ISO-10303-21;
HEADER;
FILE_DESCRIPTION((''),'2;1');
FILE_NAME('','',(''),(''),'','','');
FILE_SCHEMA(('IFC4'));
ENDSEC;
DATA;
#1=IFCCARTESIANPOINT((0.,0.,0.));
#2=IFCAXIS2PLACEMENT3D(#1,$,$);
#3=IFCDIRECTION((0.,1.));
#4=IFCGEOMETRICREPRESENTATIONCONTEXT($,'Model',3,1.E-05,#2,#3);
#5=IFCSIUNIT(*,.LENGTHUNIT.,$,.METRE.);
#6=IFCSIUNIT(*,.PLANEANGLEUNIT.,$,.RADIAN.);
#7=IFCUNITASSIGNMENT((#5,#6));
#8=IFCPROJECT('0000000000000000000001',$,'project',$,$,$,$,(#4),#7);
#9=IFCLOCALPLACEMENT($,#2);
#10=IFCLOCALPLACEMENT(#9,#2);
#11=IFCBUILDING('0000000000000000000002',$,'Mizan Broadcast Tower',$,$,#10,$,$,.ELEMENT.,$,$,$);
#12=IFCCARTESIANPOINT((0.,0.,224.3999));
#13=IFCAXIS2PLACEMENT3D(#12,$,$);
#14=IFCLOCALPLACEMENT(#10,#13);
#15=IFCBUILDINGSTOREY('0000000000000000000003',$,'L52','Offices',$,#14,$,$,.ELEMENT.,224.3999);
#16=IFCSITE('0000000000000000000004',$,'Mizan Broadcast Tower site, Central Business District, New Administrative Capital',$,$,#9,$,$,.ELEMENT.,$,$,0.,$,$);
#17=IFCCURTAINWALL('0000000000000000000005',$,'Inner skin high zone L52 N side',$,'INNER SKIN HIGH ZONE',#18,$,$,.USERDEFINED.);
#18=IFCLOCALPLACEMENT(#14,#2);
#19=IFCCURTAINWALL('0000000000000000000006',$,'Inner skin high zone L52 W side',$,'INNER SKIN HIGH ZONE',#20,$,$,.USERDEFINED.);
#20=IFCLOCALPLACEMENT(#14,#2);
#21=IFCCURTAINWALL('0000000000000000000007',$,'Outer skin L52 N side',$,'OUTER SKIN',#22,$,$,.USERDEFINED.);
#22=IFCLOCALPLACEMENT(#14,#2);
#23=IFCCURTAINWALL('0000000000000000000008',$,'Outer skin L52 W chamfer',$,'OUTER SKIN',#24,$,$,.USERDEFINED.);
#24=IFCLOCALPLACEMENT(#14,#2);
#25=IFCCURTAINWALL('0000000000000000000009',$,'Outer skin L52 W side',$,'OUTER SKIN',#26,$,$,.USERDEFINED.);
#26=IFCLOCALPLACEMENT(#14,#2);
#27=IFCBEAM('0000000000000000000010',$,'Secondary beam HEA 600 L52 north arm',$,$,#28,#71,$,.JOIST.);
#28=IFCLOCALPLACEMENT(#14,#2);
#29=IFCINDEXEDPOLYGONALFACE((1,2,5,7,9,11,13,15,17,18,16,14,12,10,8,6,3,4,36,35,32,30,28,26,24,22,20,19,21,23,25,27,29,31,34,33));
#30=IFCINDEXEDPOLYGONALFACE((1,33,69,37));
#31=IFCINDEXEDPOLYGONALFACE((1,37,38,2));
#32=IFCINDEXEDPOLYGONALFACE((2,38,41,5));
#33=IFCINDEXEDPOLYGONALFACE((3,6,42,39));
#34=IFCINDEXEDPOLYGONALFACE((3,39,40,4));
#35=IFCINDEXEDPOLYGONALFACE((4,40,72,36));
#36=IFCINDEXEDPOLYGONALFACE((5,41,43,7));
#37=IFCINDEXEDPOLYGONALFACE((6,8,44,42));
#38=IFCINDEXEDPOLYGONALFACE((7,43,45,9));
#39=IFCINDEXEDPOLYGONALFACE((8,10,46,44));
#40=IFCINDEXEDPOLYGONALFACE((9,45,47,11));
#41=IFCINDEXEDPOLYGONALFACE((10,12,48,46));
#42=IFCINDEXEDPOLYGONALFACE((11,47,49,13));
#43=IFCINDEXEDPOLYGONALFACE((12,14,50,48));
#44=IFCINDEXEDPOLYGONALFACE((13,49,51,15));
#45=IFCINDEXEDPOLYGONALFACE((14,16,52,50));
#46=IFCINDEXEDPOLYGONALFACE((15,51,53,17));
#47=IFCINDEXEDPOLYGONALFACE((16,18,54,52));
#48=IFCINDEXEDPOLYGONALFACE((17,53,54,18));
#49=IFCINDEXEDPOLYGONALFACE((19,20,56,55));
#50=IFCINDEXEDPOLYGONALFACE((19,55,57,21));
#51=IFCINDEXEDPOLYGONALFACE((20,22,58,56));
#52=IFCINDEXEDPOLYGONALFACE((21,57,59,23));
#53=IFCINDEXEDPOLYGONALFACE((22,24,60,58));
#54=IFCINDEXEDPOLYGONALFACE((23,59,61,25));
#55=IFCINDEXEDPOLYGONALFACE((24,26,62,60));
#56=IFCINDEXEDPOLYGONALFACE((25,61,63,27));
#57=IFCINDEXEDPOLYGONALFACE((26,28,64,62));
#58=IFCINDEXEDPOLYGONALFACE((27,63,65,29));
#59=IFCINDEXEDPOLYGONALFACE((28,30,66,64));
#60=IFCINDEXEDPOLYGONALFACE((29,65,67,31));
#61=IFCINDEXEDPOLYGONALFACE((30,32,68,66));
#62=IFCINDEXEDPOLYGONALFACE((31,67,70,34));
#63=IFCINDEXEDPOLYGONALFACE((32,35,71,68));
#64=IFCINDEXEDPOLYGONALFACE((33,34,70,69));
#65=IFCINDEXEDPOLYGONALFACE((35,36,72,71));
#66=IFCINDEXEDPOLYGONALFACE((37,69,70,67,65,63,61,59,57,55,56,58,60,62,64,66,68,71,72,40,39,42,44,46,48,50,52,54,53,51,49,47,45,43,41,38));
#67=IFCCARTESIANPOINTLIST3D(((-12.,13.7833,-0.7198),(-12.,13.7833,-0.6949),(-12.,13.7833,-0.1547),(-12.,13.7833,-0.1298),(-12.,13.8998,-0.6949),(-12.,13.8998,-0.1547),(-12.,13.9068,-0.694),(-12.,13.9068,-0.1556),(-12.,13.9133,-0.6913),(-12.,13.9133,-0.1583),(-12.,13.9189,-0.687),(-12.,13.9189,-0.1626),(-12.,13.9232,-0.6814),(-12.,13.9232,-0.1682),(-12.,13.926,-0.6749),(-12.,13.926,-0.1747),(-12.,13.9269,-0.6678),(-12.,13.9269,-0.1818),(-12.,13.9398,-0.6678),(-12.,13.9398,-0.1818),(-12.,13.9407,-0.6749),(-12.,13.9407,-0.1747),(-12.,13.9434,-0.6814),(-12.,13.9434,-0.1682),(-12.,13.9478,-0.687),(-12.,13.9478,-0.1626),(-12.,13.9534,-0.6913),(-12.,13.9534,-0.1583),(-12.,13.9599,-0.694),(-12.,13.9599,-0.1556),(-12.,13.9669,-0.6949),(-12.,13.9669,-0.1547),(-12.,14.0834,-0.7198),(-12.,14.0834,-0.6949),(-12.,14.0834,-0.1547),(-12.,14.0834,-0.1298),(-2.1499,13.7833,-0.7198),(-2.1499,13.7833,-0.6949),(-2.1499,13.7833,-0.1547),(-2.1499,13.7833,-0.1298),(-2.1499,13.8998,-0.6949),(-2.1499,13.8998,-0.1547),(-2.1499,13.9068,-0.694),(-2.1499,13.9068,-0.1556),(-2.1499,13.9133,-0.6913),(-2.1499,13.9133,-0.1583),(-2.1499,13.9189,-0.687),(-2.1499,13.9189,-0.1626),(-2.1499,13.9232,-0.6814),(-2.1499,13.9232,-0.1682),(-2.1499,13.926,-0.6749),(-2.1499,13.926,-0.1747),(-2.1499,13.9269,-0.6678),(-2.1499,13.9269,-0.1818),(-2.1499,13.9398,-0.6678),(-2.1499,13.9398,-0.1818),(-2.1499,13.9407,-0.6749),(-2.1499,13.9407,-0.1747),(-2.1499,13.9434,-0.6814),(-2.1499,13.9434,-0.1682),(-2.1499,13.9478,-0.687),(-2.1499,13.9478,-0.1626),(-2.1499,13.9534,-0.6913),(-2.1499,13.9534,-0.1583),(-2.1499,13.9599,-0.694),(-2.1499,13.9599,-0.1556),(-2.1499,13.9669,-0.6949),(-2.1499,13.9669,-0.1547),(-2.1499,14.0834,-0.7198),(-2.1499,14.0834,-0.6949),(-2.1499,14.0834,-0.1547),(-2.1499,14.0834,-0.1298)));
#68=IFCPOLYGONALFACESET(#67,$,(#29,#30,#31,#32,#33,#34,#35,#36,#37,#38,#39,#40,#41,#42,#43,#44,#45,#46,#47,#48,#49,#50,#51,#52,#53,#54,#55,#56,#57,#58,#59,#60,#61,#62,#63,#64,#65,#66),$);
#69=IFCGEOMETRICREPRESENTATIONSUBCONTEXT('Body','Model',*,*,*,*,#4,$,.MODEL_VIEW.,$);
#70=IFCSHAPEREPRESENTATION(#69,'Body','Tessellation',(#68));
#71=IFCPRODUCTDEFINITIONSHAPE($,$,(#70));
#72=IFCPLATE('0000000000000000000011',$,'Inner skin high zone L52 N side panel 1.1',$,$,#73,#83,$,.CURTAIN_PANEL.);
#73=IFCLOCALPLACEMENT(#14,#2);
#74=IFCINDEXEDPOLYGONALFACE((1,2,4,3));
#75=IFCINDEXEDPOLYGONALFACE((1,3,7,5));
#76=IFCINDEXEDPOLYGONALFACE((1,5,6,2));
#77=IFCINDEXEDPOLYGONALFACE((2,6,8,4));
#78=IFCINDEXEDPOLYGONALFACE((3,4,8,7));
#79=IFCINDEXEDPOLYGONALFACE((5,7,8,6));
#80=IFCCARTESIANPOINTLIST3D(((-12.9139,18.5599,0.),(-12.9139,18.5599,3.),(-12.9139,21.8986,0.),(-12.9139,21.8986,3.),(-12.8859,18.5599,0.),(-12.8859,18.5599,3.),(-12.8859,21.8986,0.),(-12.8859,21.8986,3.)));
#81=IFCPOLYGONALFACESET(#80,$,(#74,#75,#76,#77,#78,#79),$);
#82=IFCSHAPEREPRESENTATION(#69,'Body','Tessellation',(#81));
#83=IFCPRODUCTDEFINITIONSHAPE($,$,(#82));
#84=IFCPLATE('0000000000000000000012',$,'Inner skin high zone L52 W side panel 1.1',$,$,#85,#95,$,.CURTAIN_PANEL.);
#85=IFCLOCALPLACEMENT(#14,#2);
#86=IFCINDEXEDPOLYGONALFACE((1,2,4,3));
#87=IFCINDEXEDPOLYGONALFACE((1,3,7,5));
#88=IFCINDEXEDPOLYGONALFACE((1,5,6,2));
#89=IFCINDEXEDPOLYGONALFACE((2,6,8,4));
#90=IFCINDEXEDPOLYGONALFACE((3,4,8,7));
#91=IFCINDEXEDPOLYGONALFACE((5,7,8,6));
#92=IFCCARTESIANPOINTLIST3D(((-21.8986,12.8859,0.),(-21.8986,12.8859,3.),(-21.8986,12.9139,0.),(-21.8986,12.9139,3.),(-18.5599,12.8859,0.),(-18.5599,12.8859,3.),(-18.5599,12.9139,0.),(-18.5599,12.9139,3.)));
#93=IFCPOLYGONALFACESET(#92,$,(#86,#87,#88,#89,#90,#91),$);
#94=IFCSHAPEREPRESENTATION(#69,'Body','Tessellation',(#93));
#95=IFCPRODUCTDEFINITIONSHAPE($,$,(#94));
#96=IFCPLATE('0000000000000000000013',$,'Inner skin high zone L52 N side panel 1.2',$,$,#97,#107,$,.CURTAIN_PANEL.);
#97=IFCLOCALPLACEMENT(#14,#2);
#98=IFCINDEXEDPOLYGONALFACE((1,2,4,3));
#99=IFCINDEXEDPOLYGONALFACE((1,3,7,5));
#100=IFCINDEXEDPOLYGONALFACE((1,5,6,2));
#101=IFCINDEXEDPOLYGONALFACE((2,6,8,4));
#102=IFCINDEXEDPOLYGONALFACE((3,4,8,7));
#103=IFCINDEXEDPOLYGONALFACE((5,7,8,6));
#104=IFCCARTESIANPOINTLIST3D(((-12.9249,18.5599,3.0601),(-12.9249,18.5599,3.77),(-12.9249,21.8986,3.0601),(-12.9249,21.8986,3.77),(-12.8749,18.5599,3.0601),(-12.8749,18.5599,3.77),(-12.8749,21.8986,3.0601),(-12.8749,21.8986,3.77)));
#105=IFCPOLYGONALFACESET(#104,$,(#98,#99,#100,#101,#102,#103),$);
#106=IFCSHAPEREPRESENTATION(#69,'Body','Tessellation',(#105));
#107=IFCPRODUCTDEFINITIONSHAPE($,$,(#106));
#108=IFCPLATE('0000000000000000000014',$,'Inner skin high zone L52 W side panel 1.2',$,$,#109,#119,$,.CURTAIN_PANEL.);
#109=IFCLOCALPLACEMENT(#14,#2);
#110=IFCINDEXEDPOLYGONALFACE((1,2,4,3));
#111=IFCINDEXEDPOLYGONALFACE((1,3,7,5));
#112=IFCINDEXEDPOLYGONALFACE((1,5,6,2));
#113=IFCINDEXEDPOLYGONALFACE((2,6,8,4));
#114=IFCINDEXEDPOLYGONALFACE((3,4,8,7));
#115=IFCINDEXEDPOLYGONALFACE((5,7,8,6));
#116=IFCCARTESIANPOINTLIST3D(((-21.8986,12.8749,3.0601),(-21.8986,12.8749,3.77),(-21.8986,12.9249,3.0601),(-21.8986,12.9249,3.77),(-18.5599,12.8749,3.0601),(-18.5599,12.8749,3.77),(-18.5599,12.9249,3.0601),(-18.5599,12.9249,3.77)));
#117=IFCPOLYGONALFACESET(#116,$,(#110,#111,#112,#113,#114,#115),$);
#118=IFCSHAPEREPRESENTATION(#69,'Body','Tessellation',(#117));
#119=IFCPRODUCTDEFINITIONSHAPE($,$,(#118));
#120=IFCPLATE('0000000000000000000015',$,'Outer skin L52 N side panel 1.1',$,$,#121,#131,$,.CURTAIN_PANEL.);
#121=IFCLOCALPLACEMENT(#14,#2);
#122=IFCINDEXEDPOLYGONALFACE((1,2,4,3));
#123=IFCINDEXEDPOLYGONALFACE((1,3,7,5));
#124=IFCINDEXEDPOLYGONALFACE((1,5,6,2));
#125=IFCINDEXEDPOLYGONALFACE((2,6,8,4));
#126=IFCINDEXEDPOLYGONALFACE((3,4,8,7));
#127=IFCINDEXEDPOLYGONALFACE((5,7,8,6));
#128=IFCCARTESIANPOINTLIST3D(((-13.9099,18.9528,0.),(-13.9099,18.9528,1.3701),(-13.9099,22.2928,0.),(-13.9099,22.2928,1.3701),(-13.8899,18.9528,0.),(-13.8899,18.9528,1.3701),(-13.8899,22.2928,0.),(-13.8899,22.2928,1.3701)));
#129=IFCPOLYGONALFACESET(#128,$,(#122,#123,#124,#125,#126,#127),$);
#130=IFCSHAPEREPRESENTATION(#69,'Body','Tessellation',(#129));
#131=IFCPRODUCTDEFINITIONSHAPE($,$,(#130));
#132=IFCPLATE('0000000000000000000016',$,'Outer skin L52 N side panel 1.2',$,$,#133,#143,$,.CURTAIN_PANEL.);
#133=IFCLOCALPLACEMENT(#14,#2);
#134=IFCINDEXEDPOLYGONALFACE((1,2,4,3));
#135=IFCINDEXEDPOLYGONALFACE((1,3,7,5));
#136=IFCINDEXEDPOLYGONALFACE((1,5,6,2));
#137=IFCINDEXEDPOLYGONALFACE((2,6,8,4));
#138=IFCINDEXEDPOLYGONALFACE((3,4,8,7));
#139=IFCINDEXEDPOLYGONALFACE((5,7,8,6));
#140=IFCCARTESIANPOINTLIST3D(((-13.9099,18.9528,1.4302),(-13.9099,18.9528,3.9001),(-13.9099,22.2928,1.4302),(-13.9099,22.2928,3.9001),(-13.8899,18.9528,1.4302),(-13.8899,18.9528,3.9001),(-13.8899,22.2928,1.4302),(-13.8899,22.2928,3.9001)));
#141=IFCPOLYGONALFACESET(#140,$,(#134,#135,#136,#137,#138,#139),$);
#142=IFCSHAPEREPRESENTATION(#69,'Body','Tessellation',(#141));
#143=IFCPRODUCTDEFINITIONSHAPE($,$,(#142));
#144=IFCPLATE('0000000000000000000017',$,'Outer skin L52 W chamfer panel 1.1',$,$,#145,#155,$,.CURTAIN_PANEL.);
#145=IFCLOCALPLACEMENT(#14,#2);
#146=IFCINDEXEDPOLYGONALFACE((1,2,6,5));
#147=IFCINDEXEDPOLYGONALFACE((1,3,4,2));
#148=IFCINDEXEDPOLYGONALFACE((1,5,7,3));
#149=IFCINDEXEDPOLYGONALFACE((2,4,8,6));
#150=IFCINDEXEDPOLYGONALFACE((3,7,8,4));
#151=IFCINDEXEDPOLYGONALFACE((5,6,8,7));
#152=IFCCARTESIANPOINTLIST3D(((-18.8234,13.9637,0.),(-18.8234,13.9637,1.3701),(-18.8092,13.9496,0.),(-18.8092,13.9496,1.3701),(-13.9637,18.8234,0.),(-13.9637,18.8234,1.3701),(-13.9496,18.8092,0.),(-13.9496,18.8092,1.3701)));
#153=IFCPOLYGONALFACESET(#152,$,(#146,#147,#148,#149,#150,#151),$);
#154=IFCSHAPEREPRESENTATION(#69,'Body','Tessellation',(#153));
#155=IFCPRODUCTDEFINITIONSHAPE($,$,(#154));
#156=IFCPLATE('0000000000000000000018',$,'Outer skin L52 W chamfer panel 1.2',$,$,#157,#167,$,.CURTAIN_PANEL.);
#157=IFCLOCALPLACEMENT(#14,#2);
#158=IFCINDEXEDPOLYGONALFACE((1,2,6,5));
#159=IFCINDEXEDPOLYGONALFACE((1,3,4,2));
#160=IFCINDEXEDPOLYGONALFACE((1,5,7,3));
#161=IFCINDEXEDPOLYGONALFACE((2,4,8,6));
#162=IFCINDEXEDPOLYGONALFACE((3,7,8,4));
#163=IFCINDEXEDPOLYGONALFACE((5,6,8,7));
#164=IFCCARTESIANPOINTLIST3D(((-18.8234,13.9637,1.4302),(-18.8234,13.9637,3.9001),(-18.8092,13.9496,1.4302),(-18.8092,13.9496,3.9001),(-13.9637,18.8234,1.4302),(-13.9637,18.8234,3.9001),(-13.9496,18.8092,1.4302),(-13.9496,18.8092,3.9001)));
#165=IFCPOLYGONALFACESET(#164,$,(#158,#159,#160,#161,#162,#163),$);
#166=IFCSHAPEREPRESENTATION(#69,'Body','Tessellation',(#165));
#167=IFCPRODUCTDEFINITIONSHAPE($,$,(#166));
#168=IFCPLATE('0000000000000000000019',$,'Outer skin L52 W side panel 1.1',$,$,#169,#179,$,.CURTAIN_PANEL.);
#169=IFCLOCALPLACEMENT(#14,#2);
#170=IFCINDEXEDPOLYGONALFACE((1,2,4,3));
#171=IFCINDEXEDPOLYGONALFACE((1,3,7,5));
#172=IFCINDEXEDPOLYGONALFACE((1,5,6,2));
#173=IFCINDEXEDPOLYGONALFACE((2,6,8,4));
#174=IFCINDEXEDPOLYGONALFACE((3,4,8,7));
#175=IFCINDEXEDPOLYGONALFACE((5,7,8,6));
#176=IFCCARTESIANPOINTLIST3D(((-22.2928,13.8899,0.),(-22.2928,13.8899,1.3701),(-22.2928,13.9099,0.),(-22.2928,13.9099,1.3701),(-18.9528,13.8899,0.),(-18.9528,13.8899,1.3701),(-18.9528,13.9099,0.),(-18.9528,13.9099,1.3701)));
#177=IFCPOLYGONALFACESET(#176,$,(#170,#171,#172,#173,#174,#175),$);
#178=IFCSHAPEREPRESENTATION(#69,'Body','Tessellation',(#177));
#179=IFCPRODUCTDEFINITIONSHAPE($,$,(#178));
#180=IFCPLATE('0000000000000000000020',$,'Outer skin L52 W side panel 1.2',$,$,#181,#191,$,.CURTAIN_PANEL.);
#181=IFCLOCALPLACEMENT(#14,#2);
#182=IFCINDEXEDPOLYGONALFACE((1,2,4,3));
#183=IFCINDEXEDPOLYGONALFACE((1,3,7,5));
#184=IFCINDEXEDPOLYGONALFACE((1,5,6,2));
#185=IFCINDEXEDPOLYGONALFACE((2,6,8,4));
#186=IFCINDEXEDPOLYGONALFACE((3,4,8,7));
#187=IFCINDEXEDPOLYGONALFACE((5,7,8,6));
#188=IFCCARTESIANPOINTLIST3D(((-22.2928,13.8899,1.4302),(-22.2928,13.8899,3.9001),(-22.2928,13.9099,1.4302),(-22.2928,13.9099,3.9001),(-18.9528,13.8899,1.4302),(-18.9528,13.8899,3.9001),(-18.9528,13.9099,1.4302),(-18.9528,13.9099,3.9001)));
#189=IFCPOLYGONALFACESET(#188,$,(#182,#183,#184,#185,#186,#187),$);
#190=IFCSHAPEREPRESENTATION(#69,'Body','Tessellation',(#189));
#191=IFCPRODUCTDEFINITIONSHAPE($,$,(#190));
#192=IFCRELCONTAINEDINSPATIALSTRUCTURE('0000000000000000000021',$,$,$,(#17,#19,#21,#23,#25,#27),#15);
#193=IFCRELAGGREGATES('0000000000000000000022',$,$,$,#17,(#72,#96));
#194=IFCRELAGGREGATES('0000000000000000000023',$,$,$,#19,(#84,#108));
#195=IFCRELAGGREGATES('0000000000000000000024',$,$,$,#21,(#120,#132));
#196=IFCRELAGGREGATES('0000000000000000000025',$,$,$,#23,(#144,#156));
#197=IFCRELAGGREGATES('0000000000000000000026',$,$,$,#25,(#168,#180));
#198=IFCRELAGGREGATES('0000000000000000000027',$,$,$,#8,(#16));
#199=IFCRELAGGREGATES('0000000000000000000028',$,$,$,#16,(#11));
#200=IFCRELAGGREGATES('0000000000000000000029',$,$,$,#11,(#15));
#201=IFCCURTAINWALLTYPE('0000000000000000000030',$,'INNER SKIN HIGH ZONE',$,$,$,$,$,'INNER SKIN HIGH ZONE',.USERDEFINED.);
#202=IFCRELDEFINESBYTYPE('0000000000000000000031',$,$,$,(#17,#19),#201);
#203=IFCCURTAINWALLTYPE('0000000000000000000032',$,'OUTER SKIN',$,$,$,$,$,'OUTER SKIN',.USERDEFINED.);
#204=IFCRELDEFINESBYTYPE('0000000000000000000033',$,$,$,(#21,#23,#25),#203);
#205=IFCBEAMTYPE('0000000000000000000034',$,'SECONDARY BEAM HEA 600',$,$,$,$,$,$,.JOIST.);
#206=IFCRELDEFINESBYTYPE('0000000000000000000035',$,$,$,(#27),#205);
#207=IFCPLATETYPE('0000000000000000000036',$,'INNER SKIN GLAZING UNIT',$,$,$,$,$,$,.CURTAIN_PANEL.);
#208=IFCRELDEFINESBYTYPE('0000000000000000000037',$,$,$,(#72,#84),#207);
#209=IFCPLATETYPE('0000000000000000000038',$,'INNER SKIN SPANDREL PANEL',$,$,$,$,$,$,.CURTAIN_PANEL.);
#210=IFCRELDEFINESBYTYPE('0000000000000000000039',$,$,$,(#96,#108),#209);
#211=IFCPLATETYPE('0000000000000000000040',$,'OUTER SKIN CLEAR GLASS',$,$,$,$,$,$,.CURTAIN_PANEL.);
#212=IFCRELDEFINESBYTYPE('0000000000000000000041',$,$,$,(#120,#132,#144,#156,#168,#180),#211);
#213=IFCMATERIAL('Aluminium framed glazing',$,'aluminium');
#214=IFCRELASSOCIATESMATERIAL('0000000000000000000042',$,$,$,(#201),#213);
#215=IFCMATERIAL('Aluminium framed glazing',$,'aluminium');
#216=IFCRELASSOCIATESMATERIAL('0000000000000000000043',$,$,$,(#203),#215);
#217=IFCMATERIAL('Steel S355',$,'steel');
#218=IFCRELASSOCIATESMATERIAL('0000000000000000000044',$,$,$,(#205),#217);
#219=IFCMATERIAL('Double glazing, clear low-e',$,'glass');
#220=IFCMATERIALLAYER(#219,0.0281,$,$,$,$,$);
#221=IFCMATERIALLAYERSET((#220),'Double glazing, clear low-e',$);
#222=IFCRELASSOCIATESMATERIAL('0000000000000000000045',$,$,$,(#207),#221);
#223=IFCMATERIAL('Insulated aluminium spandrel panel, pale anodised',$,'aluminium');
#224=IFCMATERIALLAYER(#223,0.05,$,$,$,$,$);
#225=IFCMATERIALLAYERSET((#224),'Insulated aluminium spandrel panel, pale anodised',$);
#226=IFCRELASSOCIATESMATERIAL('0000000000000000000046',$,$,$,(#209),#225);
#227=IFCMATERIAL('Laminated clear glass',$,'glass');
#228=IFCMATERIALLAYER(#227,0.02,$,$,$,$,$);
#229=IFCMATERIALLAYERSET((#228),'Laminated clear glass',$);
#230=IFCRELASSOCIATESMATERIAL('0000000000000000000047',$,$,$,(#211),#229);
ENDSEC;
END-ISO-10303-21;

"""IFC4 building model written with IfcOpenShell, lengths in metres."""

from ifc_helpers import new_model, si_unit, direction, frame, origin, origin_2d, place, context, subcontext, project, spatial, rectangle, i_section, extrude, material, layer, layer_set, material_profile, profile_set, type_object, element, aggregate, save


model = new_model("IFC4")

# Units and contexts
model_context = context("Model", 3, precision=1e-05, world=origin(), true_north=direction((0.0, 1.0)))
body_context = subcontext(model_context, "Body", "Model", "MODEL_VIEW")
ifc_project = project(units=[si_unit("LENGTHUNIT", "METRE"), si_unit("PLANEANGLEUNIT", "RADIAN")], contexts=[model_context])

# Site, building, storey
site_placement = place(None, origin())
site = spatial("IfcSite", under=ifc_project, at=site_placement, Name="Mizan Broadcast Tower site, Central Business District, New Administrative Capital", CompositionType="ELEMENT", RefElevation=0.0)
building_placement = place(site_placement, origin())
building = spatial("IfcBuilding", under=site, at=building_placement, Name="Mizan Broadcast Tower", CompositionType="ELEMENT")
storey_placement = place(building_placement, frame((0.0, 0.0, 224.3999)))
storey = spatial("IfcBuildingStorey", under=building, at=storey_placement, Name="L52", Description="Offices", CompositionType="ELEMENT", Elevation=224.3999)

# Shared definitions
ifc_material_1 = material(Name="Aluminium framed glazing", Category="aluminium")
curtain_wall_type_1 = type_object("IfcCurtainWallType", Name="INNER SKIN HIGH ZONE", ElementType="INNER SKIN HIGH ZONE", PredefinedType="USERDEFINED", material=ifc_material_1)

# Curtain wall
curtain_wall_1_placement = place(storey_placement, origin())
curtain_wall_1 = element("IfcCurtainWall", 1, at=curtain_wall_1_placement, inside=storey, type_object=curtain_wall_type_1, Name="Inner skin high zone L52 N side", ObjectType="INNER SKIN HIGH ZONE", PredefinedType="USERDEFINED")

# Curtain walls
curtain_wall_2_placement = place(storey_placement, origin())
curtain_wall_2 = element("IfcCurtainWall", 2, at=curtain_wall_2_placement, inside=storey, type_object=curtain_wall_type_1, Name="Inner skin high zone L52 W side", ObjectType="INNER SKIN HIGH ZONE", PredefinedType="USERDEFINED")
ifc_material_2 = material(Name="Aluminium framed glazing", Category="aluminium")
curtain_wall_type_2 = type_object("IfcCurtainWallType", Name="OUTER SKIN", ElementType="OUTER SKIN", PredefinedType="USERDEFINED", material=ifc_material_2)
curtain_wall_3_placement = place(storey_placement, origin())
curtain_wall_3 = element("IfcCurtainWall", 3, at=curtain_wall_3_placement, inside=storey, type_object=curtain_wall_type_2, Name="Outer skin L52 N side", ObjectType="OUTER SKIN", PredefinedType="USERDEFINED")
curtain_wall_4_placement = place(storey_placement, origin())
curtain_wall_4 = element("IfcCurtainWall", 4, at=curtain_wall_4_placement, inside=storey, type_object=curtain_wall_type_2, Name="Outer skin L52 W chamfer", ObjectType="OUTER SKIN", PredefinedType="USERDEFINED")
curtain_wall_5_placement = place(storey_placement, origin())
curtain_wall_5 = element("IfcCurtainWall", 5, at=curtain_wall_5_placement, inside=storey, type_object=curtain_wall_type_2, Name="Outer skin L52 W side", ObjectType="OUTER SKIN", PredefinedType="USERDEFINED")

# Beam
ifc_material_3 = material(Name="Steel S355", Category="steel")
ifc_material_profile_1 = material_profile(ifc_material_3, i_section(OverallWidth=0.3, OverallDepth=0.5901, WebThickness=0.0129, FlangeThickness=0.0249, FilletRadius=0.0271, at=origin_2d()), Name="HEA 600")
ifc_profile_set_1 = profile_set([ifc_material_profile_1], Name="Steel S355")
beam_type = type_object("IfcBeamType", Name="SECONDARY BEAM HEA 600", PredefinedType="JOIST", material=ifc_profile_set_1)
beam_placement = place(storey_placement, frame((-12.0, 13.9333, -0.4248), z_axis=(1.0, 0.0, 0.0), x_axis=(0.0, 1.0, 0.0)))
element("IfcBeam", 6, at=beam_placement, inside=storey, type_object=beam_type, Name="Secondary beam HEA 600 L52 north arm", PredefinedType="JOIST", context=body_context, shape_type="SweptSolid", body=[
    extrude(i_section(OverallWidth=0.3, OverallDepth=0.5901, WebThickness=0.0129, FlangeThickness=0.0249, FilletRadius=0.0271, at=origin_2d()), origin(), (0.0, 0.0, 1.0), 9.8501),
])

# Plates
ifc_material_4 = material(Name="Double glazing, clear low-e", Category="glass")
ifc_layer_1 = layer(ifc_material_4, 0.0281)
ifc_layer_set_1 = layer_set([ifc_layer_1], Name="Double glazing, clear low-e")
plate_type_1 = type_object("IfcPlateType", Name="INNER SKIN GLAZING UNIT", PredefinedType="CURTAIN_PANEL", material=ifc_layer_set_1)
plate_1_placement = place(storey_placement, frame((-12.8999, 20.2292, 0.0), z_axis=(0.0, 0.0, 1.0), x_axis=(0.0, -1.0, 0.0)))
plate_1 = element("IfcPlate", 7, at=plate_1_placement, type_object=plate_type_1, Name="Inner skin high zone L52 N side panel 1.1", PredefinedType="CURTAIN_PANEL", context=body_context, shape_type="SweptSolid", body=[
    extrude(rectangle(XDim=3.3386, YDim=0.0281, at=origin_2d()), origin(), (0.0, 0.0, 1.0), 3.0),
])
plate_2_placement = place(storey_placement, frame((-20.2292, 12.8999, 0.0), z_axis=(0.0, 0.0, 1.0), x_axis=(-1.0, 0.0, 0.0)))
plate_2 = element("IfcPlate", 8, at=plate_2_placement, type_object=plate_type_1, Name="Inner skin high zone L52 W side panel 1.1", PredefinedType="CURTAIN_PANEL", context=body_context, shape_type="SweptSolid", body=[
    extrude(rectangle(XDim=3.3386, YDim=0.0281, at=origin_2d()), origin(), (0.0, 0.0, 1.0), 3.0),
])
ifc_material_5 = material(Name="Insulated aluminium spandrel panel, pale anodised", Category="aluminium")
ifc_layer_2 = layer(ifc_material_5, 0.05)
ifc_layer_set_2 = layer_set([ifc_layer_2], Name="Insulated aluminium spandrel panel, pale anodised")
plate_type_2 = type_object("IfcPlateType", Name="INNER SKIN SPANDREL PANEL", PredefinedType="CURTAIN_PANEL", material=ifc_layer_set_2)
plate_3_placement = place(storey_placement, frame((-12.8999, 20.2292, 3.0601), z_axis=(0.0, 0.0, 1.0), x_axis=(0.0, -1.0, 0.0)))
plate_3 = element("IfcPlate", 9, at=plate_3_placement, type_object=plate_type_2, Name="Inner skin high zone L52 N side panel 1.2", PredefinedType="CURTAIN_PANEL", context=body_context, shape_type="SweptSolid", body=[
    extrude(rectangle(XDim=3.3386, YDim=0.05, at=origin_2d()), origin(), (0.0, 0.0, 1.0), 0.71),
])
aggregate(curtain_wall_1, [plate_1, plate_3])
plate_4_placement = place(storey_placement, frame((-20.2292, 12.8999, 3.0601), z_axis=(0.0, 0.0, 1.0), x_axis=(-1.0, 0.0, 0.0)))
plate_4 = element("IfcPlate", 10, at=plate_4_placement, type_object=plate_type_2, Name="Inner skin high zone L52 W side panel 1.2", PredefinedType="CURTAIN_PANEL", context=body_context, shape_type="SweptSolid", body=[
    extrude(rectangle(XDim=3.3386, YDim=0.05, at=origin_2d()), origin(), (0.0, 0.0, 1.0), 0.71),
])
aggregate(curtain_wall_2, [plate_2, plate_4])
ifc_material_6 = material(Name="Laminated clear glass", Category="glass")
ifc_layer_3 = layer(ifc_material_6, 0.02)
ifc_layer_set_3 = layer_set([ifc_layer_3], Name="Laminated clear glass")
plate_type_3 = type_object("IfcPlateType", Name="OUTER SKIN CLEAR GLASS", PredefinedType="CURTAIN_PANEL", material=ifc_layer_set_3)
plate_5_placement = place(storey_placement, frame((-13.8999, 20.6228, 0.0), z_axis=(0.0, 0.0, 1.0), x_axis=(0.0, -1.0, 0.0)))
plate_5 = element("IfcPlate", 11, at=plate_5_placement, type_object=plate_type_3, Name="Outer skin L52 N side panel 1.1", PredefinedType="CURTAIN_PANEL", context=body_context, shape_type="SweptSolid", body=[
    extrude(rectangle(XDim=3.3401, YDim=0.02, at=origin_2d()), origin(), (0.0, 0.0, 1.0), 1.3701),
])
plate_6_placement = place(storey_placement, frame((-13.8999, 20.6228, 1.4302), z_axis=(0.0, 0.0, 1.0), x_axis=(0.0, -1.0, 0.0)))
plate_6 = element("IfcPlate", 12, at=plate_6_placement, type_object=plate_type_3, Name="Outer skin L52 N side panel 1.2", PredefinedType="CURTAIN_PANEL", context=body_context, shape_type="SweptSolid", body=[
    extrude(rectangle(XDim=3.3401, YDim=0.02, at=origin_2d()), origin(), (0.0, 0.0, 1.0), 2.47),
])
aggregate(curtain_wall_3, [plate_5, plate_6])
plate_7_placement = place(storey_placement, frame((-16.3865, 16.3865, 0.0), z_axis=(0.0, 0.0, 1.0), x_axis=(-0.707107, -0.707107, 0.0)))
plate_7 = element("IfcPlate", 13, at=plate_7_placement, type_object=plate_type_3, Name="Outer skin L52 W chamfer panel 1.1", PredefinedType="CURTAIN_PANEL", context=body_context, shape_type="SweptSolid", body=[
    extrude(rectangle(XDim=6.8726, YDim=0.02, at=origin_2d()), origin(), (0.0, 0.0, 1.0), 1.3701),
])
plate_8_placement = place(storey_placement, frame((-16.3865, 16.3865, 1.4302), z_axis=(0.0, 0.0, 1.0), x_axis=(-0.707107, -0.707107, 0.0)))
plate_8 = element("IfcPlate", 14, at=plate_8_placement, type_object=plate_type_3, Name="Outer skin L52 W chamfer panel 1.2", PredefinedType="CURTAIN_PANEL", context=body_context, shape_type="SweptSolid", body=[
    extrude(rectangle(XDim=6.8726, YDim=0.02, at=origin_2d()), origin(), (0.0, 0.0, 1.0), 2.47),
])
aggregate(curtain_wall_4, [plate_7, plate_8])
plate_9_placement = place(storey_placement, frame((-20.6228, 13.8999, 0.0), z_axis=(0.0, 0.0, 1.0), x_axis=(-1.0, 0.0, 0.0)))
plate_9 = element("IfcPlate", 15, at=plate_9_placement, type_object=plate_type_3, Name="Outer skin L52 W side panel 1.1", PredefinedType="CURTAIN_PANEL", context=body_context, shape_type="SweptSolid", body=[
    extrude(rectangle(XDim=3.3401, YDim=0.02, at=origin_2d()), origin(), (0.0, 0.0, 1.0), 1.3701),
])
plate_10_placement = place(storey_placement, frame((-20.6228, 13.8999, 1.4302), z_axis=(0.0, 0.0, 1.0), x_axis=(-1.0, 0.0, 0.0)))
plate_10 = element("IfcPlate", 16, at=plate_10_placement, type_object=plate_type_3, Name="Outer skin L52 W side panel 1.2", PredefinedType="CURTAIN_PANEL", context=body_context, shape_type="SweptSolid", body=[
    extrude(rectangle(XDim=3.3401, YDim=0.02, at=origin_2d()), origin(), (0.0, 0.0, 1.0), 2.47),
])
aggregate(curtain_wall_5, [plate_9, plate_10])

save(model, "model.ifc")
